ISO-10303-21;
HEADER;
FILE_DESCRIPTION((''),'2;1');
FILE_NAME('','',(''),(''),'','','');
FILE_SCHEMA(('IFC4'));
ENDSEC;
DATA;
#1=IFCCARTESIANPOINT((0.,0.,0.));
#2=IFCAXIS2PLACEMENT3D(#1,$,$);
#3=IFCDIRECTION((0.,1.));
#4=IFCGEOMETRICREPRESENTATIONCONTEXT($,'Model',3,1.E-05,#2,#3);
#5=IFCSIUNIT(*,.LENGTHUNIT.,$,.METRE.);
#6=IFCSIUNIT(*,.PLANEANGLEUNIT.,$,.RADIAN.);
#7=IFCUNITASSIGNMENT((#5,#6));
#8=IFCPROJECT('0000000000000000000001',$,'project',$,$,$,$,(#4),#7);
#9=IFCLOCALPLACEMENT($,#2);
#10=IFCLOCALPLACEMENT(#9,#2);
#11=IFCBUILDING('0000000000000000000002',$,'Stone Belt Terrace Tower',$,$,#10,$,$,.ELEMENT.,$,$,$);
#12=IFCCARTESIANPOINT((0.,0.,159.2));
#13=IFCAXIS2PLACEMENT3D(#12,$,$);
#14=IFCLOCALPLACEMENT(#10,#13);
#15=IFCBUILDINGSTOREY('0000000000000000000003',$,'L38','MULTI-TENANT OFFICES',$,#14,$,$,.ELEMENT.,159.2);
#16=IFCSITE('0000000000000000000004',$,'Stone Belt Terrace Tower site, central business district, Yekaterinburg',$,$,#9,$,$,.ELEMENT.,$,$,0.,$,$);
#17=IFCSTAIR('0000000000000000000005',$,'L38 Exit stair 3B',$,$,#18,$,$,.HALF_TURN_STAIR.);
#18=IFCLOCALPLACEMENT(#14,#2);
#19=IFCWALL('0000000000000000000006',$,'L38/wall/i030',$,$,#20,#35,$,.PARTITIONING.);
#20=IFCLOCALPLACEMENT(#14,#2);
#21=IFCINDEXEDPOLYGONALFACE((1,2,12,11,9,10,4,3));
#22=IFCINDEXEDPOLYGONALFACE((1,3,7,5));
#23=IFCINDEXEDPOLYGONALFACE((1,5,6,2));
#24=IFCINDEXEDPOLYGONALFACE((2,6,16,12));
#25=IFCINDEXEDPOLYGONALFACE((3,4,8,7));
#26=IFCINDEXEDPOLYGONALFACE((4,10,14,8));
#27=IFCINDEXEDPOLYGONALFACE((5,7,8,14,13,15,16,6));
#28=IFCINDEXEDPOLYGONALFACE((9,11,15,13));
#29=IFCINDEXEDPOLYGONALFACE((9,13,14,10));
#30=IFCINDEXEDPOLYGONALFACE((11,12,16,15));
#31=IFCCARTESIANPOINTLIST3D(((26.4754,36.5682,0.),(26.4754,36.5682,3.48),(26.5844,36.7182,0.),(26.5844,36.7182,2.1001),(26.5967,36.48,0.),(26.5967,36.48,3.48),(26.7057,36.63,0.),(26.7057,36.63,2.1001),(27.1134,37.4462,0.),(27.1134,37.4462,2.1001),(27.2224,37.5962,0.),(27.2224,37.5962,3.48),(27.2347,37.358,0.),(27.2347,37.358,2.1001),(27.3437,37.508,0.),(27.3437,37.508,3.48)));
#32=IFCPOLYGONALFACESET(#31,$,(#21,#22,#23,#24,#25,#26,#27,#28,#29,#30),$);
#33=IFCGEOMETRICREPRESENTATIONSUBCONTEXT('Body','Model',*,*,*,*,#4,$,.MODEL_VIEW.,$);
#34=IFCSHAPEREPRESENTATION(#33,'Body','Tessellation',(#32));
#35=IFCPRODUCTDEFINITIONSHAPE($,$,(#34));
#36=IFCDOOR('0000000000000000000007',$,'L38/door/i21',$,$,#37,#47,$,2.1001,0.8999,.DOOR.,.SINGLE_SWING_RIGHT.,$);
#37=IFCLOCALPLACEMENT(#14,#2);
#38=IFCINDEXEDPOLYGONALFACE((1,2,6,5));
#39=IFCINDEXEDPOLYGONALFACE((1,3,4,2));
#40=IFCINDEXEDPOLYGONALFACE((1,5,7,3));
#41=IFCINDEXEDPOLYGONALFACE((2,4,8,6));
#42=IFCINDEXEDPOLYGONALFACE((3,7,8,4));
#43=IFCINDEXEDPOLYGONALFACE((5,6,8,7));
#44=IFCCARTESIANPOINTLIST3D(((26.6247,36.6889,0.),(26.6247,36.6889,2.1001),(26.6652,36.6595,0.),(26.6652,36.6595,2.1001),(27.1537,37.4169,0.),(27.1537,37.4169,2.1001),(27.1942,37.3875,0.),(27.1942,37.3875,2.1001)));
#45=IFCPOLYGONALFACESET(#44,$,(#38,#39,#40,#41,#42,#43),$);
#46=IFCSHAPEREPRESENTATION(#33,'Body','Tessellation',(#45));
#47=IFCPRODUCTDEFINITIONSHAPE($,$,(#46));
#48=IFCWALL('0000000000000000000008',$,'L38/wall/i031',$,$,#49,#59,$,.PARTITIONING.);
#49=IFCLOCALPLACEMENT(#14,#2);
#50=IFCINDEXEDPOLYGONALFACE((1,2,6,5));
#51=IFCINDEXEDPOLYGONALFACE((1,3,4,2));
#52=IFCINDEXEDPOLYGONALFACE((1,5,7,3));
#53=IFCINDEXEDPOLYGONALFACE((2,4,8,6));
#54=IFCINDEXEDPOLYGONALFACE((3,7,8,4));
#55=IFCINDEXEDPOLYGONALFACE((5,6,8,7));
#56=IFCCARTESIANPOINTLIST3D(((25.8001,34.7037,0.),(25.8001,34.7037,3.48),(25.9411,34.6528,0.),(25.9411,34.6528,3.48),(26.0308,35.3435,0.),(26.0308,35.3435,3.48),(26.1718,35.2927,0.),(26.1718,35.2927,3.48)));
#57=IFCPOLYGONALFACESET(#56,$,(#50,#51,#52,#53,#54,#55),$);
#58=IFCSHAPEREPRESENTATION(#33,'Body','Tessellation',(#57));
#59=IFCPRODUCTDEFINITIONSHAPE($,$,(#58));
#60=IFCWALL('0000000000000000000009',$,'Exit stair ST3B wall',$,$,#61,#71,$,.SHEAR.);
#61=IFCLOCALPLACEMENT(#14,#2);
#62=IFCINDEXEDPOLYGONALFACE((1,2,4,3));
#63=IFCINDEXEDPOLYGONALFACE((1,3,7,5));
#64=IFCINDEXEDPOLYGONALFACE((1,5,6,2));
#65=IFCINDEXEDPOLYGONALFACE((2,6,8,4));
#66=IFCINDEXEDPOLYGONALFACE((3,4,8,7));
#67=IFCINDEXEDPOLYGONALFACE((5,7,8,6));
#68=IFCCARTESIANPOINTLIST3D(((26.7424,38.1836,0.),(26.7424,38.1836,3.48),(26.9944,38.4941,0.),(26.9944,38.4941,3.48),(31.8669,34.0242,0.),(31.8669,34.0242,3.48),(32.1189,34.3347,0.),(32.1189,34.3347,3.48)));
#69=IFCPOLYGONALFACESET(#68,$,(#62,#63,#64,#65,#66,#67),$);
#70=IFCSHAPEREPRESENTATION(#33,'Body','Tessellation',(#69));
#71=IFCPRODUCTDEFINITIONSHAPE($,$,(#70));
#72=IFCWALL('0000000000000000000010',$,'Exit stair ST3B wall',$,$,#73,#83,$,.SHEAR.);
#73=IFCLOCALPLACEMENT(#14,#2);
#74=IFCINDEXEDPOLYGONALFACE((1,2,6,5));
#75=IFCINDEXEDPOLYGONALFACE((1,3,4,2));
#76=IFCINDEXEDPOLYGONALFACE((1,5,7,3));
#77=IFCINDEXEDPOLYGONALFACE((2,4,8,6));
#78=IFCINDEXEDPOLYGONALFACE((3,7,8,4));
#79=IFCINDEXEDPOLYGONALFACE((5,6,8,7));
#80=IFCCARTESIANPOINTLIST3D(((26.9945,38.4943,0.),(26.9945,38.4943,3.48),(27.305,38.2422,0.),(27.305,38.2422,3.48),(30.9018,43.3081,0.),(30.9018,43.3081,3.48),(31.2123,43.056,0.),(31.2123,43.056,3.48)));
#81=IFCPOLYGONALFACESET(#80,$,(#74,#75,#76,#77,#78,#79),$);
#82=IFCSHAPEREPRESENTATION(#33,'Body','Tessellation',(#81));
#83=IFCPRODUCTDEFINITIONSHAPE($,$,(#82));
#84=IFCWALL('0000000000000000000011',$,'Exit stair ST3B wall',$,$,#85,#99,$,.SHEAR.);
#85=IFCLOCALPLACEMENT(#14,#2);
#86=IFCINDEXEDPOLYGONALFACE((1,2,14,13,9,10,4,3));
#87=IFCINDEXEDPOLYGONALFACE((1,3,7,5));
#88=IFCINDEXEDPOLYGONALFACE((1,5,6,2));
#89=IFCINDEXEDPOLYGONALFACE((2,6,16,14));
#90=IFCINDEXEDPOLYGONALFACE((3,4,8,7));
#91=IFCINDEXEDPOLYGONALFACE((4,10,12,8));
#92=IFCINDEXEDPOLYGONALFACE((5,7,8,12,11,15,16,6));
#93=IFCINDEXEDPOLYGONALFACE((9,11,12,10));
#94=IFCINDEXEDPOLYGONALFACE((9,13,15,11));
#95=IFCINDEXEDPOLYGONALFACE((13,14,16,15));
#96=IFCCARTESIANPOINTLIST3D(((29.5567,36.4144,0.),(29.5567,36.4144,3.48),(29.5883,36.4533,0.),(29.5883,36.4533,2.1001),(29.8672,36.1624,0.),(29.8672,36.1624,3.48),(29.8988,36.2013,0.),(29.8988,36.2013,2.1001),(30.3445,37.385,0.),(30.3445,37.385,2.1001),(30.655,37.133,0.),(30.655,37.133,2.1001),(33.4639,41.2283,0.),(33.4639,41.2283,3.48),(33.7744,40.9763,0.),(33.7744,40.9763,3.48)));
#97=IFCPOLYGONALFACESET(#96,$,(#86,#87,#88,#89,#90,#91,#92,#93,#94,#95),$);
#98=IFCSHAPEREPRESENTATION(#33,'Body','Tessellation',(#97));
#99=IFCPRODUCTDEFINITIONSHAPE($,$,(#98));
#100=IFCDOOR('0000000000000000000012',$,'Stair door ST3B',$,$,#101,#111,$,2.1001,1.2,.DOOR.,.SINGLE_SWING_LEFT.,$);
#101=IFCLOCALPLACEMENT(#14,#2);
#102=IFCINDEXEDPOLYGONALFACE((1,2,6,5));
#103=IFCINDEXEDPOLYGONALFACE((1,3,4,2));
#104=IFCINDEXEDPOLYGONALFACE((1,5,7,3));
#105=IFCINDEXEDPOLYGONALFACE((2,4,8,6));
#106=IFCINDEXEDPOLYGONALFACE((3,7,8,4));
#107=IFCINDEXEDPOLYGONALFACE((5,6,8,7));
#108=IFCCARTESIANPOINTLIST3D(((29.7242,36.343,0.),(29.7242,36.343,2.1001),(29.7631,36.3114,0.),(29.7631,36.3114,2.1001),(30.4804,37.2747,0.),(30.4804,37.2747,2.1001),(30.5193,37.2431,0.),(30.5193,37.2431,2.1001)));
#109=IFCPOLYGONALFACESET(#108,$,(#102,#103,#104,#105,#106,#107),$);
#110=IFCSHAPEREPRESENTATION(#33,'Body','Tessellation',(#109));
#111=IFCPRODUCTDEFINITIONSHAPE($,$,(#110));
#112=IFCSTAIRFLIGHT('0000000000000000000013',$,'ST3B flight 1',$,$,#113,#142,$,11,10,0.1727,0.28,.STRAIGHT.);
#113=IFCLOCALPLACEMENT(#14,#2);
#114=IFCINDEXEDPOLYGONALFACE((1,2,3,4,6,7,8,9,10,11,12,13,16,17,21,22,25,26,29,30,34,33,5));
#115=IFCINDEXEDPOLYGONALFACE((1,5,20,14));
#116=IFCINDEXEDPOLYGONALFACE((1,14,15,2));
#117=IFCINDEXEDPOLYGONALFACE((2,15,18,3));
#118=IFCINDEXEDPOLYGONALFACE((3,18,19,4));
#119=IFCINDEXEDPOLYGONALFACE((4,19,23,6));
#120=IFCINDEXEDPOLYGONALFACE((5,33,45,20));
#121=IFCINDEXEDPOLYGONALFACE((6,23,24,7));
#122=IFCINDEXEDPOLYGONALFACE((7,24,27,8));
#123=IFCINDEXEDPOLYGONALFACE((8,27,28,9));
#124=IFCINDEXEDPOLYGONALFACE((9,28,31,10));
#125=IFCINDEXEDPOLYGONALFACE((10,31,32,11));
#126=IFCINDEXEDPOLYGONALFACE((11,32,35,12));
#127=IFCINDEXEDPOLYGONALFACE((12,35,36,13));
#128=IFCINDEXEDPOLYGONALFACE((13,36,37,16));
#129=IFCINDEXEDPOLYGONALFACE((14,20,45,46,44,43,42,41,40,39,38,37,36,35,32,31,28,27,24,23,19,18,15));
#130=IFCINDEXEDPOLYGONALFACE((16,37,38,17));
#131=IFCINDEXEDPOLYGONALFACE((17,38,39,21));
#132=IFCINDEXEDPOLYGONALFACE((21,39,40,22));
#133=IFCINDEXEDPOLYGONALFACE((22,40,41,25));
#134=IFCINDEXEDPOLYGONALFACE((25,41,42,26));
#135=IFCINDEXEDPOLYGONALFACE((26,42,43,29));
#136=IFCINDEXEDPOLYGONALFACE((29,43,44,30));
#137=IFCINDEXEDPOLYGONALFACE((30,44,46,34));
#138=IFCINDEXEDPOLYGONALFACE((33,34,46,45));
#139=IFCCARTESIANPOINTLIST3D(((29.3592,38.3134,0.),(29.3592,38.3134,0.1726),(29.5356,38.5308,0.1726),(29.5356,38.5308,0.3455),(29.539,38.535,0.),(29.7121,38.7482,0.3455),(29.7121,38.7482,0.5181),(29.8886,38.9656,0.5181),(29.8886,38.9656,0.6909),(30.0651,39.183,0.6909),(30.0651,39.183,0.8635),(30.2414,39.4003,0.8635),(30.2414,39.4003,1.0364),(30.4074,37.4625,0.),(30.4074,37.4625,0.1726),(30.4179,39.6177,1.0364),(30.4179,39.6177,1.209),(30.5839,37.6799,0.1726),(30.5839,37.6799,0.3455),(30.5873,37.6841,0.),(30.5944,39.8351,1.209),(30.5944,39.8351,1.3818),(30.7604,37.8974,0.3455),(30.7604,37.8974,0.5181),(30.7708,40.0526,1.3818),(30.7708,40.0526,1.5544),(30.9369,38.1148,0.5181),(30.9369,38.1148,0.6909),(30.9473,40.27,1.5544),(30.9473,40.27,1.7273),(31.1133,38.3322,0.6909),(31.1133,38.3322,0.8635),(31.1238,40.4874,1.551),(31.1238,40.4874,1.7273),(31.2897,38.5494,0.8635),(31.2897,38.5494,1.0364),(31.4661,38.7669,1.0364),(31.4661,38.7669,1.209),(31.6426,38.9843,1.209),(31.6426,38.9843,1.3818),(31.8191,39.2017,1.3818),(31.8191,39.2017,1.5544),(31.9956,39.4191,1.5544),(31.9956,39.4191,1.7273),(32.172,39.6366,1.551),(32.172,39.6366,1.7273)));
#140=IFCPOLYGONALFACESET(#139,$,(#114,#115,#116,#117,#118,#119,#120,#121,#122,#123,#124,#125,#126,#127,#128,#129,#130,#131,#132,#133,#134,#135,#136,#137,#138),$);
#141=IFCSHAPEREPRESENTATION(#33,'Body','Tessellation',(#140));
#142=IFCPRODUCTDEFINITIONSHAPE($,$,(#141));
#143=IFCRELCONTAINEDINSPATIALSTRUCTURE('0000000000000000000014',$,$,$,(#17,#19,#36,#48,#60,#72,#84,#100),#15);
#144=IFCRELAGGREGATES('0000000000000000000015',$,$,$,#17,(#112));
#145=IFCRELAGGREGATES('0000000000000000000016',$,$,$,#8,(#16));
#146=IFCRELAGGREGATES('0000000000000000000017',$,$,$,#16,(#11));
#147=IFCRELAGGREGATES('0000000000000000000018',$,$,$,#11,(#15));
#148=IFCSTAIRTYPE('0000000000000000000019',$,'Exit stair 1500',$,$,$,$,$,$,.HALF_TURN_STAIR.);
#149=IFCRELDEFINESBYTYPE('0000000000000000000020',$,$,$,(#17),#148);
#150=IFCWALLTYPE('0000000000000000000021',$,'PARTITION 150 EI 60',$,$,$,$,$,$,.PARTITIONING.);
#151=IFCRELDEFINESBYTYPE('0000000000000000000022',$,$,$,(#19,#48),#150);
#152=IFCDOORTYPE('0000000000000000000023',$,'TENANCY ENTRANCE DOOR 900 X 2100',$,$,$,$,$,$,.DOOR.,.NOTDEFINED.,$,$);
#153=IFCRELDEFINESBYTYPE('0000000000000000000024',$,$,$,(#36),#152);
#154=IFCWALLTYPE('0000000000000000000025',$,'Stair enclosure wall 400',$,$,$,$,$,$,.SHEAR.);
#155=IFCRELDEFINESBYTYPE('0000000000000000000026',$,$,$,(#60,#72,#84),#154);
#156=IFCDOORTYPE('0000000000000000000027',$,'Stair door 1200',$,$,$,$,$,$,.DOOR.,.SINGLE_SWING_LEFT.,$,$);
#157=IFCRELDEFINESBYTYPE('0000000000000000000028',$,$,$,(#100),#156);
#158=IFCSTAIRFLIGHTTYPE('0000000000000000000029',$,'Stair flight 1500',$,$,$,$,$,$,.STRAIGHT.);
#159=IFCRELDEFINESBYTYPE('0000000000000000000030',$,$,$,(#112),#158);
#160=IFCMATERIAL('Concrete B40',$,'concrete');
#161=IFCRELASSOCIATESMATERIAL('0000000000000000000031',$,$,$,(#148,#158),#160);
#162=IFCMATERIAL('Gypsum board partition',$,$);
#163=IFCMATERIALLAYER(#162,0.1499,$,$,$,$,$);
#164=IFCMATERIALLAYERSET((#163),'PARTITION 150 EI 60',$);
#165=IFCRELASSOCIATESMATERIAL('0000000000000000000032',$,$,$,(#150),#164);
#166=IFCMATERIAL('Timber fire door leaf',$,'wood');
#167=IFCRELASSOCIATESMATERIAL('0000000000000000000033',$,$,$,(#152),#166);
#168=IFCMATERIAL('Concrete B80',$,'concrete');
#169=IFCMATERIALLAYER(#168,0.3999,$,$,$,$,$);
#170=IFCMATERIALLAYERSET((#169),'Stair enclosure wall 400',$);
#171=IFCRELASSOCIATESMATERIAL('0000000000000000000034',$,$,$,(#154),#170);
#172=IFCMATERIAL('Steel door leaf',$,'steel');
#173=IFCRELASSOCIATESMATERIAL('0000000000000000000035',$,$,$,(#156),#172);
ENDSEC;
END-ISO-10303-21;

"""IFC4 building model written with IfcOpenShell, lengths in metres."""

from ifc_helpers import new_model, si_unit, direction, frame, frame_2d, origin, place, context, subcontext, project, spatial, polyline, rectangle, outline, extrude, material, layer, layer_set, type_object, element, fill, aggregate, save


model = new_model("IFC4")

# Units and contexts
model_context = context("Model", 3, precision=1e-05, world=origin(), true_north=direction((0.0, 1.0)))
body_context = subcontext(model_context, "Body", "Model", "MODEL_VIEW")
ifc_project = project(units=[si_unit("LENGTHUNIT", "METRE"), si_unit("PLANEANGLEUNIT", "RADIAN")], contexts=[model_context])

# Site, building, storey
site_placement = place(None, origin())
site = spatial("IfcSite", under=ifc_project, at=site_placement, Name="Stone Belt Terrace Tower site, central business district, Yekaterinburg", CompositionType="ELEMENT", RefElevation=0.0)
building_placement = place(site_placement, origin())
building = spatial("IfcBuilding", under=site, at=building_placement, Name="Stone Belt Terrace Tower", CompositionType="ELEMENT")
storey_placement = place(building_placement, frame((0.0, 0.0, 159.2)))
storey = spatial("IfcBuildingStorey", under=building, at=storey_placement, Name="L38", Description="MULTI-TENANT OFFICES", CompositionType="ELEMENT", Elevation=159.2)

# Shared definitions
ifc_material_1 = material(Name="Concrete B80", Category="concrete")

# Shared definitions
ifc_material_2 = material(Name="Concrete B40", Category="concrete")

# Stair
stair_type = type_object("IfcStairType", Name="Exit stair 1500", PredefinedType="HALF_TURN_STAIR", material=ifc_material_2)
stair_1_placement = place(storey_placement, origin())
stair_1 = element("IfcStair", 1, at=stair_1_placement, inside=storey, type_object=stair_type, Name="L38 Exit stair 3B", PredefinedType="HALF_TURN_STAIR")

# Shared definitions
ifc_material_3 = material(Name="Gypsum board partition")
ifc_layer_1 = layer(ifc_material_3, 0.1499)
ifc_layer_set_1 = layer_set([ifc_layer_1], Name="PARTITION 150 EI 60")
wall_type_1 = type_object("IfcWallType", Name="PARTITION 150 EI 60", PredefinedType="PARTITIONING", material=ifc_layer_set_1)

# Wall, opening, door
wall_1_placement = place(storey_placement, frame((27.283, 37.552, 0.0), z_axis=(0.0, 0.0, 1.0), x_axis=(-0.587852, -0.808969, 0.0)))
wall_1 = element("IfcWall", 2, at=wall_1_placement, inside=storey, type_object=wall_type_1, Name="L38/wall/i030", PredefinedType="PARTITIONING", context=body_context, shape_type="SweptSolid", body=[
    extrude(rectangle(XDim=1.2708, YDim=0.1499, at=frame_2d((0.6353, 0.0))), origin(), (0.0, 0.0, 1.0), 3.48),
])
opening_1_placement = place(wall_1_placement, frame((0.1853, 0.0, 0.0)))
opening_1 = element("IfcOpeningElement", 3, at=opening_1_placement, cuts=wall_1, PredefinedType="OPENING", context=body_context, shape_type="SweptSolid", body=[
    extrude(rectangle(XDim=0.8999, YDim=2.1001, at=frame_2d((0.45, 1.05))), frame((0.0, 0.085, 0.0), z_axis=(0.0, -1.0, 0.0), x_axis=(1.0, 0.0, 0.0)), (0.0, 0.0, 1.0), 0.1699),
])
ifc_material_4 = material(Name="Timber fire door leaf", Category="wood")
door_type_1 = type_object("IfcDoorType", Name="TENANCY ENTRANCE DOOR 900 X 2100", OperationType="NOTDEFINED", PredefinedType="DOOR", material=ifc_material_4)
door_1_placement = place(opening_1_placement, origin())
door_1 = element("IfcDoor", 4, at=door_1_placement, inside=storey, type_object=door_type_1, Name="L38/door/i21", OperationType="SINGLE_SWING_RIGHT", OverallHeight=2.1001, OverallWidth=0.8999, PredefinedType="DOOR", context=body_context, shape_type="SweptSolid", body=[
    extrude(rectangle(XDim=0.8999, YDim=2.1001, at=frame_2d((0.45, 1.05))), frame((0.0, 0.0249, 0.0), z_axis=(0.0, -1.0, 0.0), x_axis=(1.0, 0.0, 0.0)), (0.0, 0.0, 1.0), 0.05),
])
fill(opening_1, door_1)

# Walls
wall_2_placement = place(storey_placement, frame((26.1013, 35.3181, 0.0), z_axis=(0.0, 0.0, 1.0), x_axis=(-0.339177, -0.940723, 0.0)))
element("IfcWall", 5, at=wall_2_placement, inside=storey, type_object=wall_type_1, Name="L38/wall/i031", PredefinedType="PARTITIONING", context=body_context, shape_type="SweptSolid", body=[
    extrude(rectangle(XDim=0.6802, YDim=0.1499, at=frame_2d((0.3401, 0.0))), origin(), (0.0, 0.0, 1.0), 3.48),
])
ifc_layer_2 = layer(ifc_material_1, 0.3999)
ifc_layer_set_2 = layer_set([ifc_layer_2], Name="Stair enclosure wall 400")
wall_type_2 = type_object("IfcWallType", Name="Stair enclosure wall 400", PredefinedType="SHEAR", material=ifc_layer_set_2)
wall_3_placement = place(storey_placement, frame((26.8684, 38.3389, 0.0), z_axis=(0.0, 0.0, 1.0), x_axis=(0.776428, -0.630205, 0.0)))
element("IfcWall", 6, at=wall_3_placement, inside=storey, type_object=wall_type_2, Name="Exit stair ST3B wall", PredefinedType="SHEAR", context=body_context, shape_type="SweptSolid", body=[
    extrude(rectangle(XDim=6.6001, YDim=0.3999, at=frame_2d((3.3, 0.0))), origin(), (0.0, 0.0, 1.0), 3.48),
])
wall_4_placement = place(storey_placement, frame((27.1497, 38.3682, 0.0), z_axis=(0.0, 0.0, 1.0), x_axis=(0.630212, 0.776423, 0.0)))
element("IfcWall", 7, at=wall_4_placement, inside=storey, type_object=wall_type_2, Name="Exit stair ST3B wall", PredefinedType="SHEAR", context=body_context, shape_type="SweptSolid", body=[
    extrude(rectangle(XDim=6.2, YDim=0.3999, at=frame_2d((3.1001, 0.0))), origin(), (0.0, 0.0, 1.0), 3.48),
])

# Wall, opening, door
wall_5_placement = place(storey_placement, frame((29.7119, 36.2883, 0.0), z_axis=(0.0, 0.0, 1.0), x_axis=(0.630192, 0.776439, 0.0)))
wall_5 = element("IfcWall", 8, at=wall_5_placement, inside=storey, type_object=wall_type_2, Name="Exit stair ST3B wall", PredefinedType="SHEAR", context=body_context, shape_type="SweptSolid", body=[
    extrude(rectangle(XDim=6.2, YDim=0.3999, at=frame_2d((3.1001, 0.0))), origin(), (0.0, 0.0, 1.0), 3.48),
])
opening_2_placement = place(wall_5_placement, frame((0.05, 0.0, 0.0)))
opening_2 = element("IfcOpeningElement", 9, at=opening_2_placement, cuts=wall_5, PredefinedType="OPENING", context=body_context, shape_type="SweptSolid", body=[
    extrude(rectangle(XDim=1.2, YDim=2.1001, at=frame_2d((0.6001, 1.05))), frame((0.0, 0.21, 0.0), z_axis=(0.0, -1.0, 0.0), x_axis=(1.0, 0.0, 0.0)), (0.0, 0.0, 1.0), 0.4199),
])
ifc_material_5 = material(Name="Steel door leaf", Category="steel")
door_type_2 = type_object("IfcDoorType", Name="Stair door 1200", OperationType="SINGLE_SWING_LEFT", PredefinedType="DOOR", material=ifc_material_5)
door_2_placement = place(opening_2_placement, origin())
door_2 = element("IfcDoor", 10, at=door_2_placement, inside=storey, type_object=door_type_2, Name="Stair door ST3B", OperationType="SINGLE_SWING_LEFT", OverallHeight=2.1001, OverallWidth=1.2, PredefinedType="DOOR", context=body_context, shape_type="SweptSolid", body=[
    extrude(rectangle(XDim=1.2, YDim=2.1001, at=frame_2d((0.6001, 1.05))), frame((0.0, 0.0249, 0.0), z_axis=(0.0, -1.0, 0.0), x_axis=(1.0, 0.0, 0.0)), (0.0, 0.0, 1.0), 0.05),
])
fill(opening_2, door_2)

# Stair flight
stair_flight_type = type_object("IfcStairFlightType", Name="Stair flight 1500", PredefinedType="STRAIGHT", material=ifc_material_2)
stair_flight_placement = place(storey_placement, frame((29.8833, 37.8879, 0.0), z_axis=(0.0, 0.0, 1.0), x_axis=(0.630206, 0.776428, 0.0)))
stair_flight = element("IfcStairFlight", 11, at=stair_flight_placement, type_object=stair_flight_type, Name="ST3B flight 1", NumberOfRisers=11, NumberOfTreads=10, PredefinedType="STRAIGHT", RiserHeight=0.1727, TreadLength=0.28, context=body_context, shape_type="SweptSolid", body=[
    extrude(outline(polyline([(0.0, 0.0), (0.0, 0.1726), (0.28, 0.1726), (0.28, 0.3455), (0.5601, 0.3455), (0.5601, 0.5181), (0.8401, 0.5181), (0.8401, 0.6909), (1.1201, 0.6909), (1.1201, 0.8635), (1.3999, 0.8635), (1.3999, 1.0364), (1.6799, 1.0364), (1.6799, 1.209), (1.96, 1.209), (1.96, 1.3818), (2.24, 1.3818), (2.24, 1.5544), (2.52, 1.5544), (2.52, 1.7273), (2.8, 1.7273), (2.8, 1.8999), (2.8, 1.551), (0.2854, 0.0), (0.0, 0.0)])), frame((0.0, 0.675, 0.0), z_axis=(0.0, -1.0, 0.0), x_axis=(1.0, 0.0, 0.0)), (0.0, 0.0, 1.0), 1.3501),
])
aggregate(stair_1, [stair_flight])

save(model, "model.ifc")
